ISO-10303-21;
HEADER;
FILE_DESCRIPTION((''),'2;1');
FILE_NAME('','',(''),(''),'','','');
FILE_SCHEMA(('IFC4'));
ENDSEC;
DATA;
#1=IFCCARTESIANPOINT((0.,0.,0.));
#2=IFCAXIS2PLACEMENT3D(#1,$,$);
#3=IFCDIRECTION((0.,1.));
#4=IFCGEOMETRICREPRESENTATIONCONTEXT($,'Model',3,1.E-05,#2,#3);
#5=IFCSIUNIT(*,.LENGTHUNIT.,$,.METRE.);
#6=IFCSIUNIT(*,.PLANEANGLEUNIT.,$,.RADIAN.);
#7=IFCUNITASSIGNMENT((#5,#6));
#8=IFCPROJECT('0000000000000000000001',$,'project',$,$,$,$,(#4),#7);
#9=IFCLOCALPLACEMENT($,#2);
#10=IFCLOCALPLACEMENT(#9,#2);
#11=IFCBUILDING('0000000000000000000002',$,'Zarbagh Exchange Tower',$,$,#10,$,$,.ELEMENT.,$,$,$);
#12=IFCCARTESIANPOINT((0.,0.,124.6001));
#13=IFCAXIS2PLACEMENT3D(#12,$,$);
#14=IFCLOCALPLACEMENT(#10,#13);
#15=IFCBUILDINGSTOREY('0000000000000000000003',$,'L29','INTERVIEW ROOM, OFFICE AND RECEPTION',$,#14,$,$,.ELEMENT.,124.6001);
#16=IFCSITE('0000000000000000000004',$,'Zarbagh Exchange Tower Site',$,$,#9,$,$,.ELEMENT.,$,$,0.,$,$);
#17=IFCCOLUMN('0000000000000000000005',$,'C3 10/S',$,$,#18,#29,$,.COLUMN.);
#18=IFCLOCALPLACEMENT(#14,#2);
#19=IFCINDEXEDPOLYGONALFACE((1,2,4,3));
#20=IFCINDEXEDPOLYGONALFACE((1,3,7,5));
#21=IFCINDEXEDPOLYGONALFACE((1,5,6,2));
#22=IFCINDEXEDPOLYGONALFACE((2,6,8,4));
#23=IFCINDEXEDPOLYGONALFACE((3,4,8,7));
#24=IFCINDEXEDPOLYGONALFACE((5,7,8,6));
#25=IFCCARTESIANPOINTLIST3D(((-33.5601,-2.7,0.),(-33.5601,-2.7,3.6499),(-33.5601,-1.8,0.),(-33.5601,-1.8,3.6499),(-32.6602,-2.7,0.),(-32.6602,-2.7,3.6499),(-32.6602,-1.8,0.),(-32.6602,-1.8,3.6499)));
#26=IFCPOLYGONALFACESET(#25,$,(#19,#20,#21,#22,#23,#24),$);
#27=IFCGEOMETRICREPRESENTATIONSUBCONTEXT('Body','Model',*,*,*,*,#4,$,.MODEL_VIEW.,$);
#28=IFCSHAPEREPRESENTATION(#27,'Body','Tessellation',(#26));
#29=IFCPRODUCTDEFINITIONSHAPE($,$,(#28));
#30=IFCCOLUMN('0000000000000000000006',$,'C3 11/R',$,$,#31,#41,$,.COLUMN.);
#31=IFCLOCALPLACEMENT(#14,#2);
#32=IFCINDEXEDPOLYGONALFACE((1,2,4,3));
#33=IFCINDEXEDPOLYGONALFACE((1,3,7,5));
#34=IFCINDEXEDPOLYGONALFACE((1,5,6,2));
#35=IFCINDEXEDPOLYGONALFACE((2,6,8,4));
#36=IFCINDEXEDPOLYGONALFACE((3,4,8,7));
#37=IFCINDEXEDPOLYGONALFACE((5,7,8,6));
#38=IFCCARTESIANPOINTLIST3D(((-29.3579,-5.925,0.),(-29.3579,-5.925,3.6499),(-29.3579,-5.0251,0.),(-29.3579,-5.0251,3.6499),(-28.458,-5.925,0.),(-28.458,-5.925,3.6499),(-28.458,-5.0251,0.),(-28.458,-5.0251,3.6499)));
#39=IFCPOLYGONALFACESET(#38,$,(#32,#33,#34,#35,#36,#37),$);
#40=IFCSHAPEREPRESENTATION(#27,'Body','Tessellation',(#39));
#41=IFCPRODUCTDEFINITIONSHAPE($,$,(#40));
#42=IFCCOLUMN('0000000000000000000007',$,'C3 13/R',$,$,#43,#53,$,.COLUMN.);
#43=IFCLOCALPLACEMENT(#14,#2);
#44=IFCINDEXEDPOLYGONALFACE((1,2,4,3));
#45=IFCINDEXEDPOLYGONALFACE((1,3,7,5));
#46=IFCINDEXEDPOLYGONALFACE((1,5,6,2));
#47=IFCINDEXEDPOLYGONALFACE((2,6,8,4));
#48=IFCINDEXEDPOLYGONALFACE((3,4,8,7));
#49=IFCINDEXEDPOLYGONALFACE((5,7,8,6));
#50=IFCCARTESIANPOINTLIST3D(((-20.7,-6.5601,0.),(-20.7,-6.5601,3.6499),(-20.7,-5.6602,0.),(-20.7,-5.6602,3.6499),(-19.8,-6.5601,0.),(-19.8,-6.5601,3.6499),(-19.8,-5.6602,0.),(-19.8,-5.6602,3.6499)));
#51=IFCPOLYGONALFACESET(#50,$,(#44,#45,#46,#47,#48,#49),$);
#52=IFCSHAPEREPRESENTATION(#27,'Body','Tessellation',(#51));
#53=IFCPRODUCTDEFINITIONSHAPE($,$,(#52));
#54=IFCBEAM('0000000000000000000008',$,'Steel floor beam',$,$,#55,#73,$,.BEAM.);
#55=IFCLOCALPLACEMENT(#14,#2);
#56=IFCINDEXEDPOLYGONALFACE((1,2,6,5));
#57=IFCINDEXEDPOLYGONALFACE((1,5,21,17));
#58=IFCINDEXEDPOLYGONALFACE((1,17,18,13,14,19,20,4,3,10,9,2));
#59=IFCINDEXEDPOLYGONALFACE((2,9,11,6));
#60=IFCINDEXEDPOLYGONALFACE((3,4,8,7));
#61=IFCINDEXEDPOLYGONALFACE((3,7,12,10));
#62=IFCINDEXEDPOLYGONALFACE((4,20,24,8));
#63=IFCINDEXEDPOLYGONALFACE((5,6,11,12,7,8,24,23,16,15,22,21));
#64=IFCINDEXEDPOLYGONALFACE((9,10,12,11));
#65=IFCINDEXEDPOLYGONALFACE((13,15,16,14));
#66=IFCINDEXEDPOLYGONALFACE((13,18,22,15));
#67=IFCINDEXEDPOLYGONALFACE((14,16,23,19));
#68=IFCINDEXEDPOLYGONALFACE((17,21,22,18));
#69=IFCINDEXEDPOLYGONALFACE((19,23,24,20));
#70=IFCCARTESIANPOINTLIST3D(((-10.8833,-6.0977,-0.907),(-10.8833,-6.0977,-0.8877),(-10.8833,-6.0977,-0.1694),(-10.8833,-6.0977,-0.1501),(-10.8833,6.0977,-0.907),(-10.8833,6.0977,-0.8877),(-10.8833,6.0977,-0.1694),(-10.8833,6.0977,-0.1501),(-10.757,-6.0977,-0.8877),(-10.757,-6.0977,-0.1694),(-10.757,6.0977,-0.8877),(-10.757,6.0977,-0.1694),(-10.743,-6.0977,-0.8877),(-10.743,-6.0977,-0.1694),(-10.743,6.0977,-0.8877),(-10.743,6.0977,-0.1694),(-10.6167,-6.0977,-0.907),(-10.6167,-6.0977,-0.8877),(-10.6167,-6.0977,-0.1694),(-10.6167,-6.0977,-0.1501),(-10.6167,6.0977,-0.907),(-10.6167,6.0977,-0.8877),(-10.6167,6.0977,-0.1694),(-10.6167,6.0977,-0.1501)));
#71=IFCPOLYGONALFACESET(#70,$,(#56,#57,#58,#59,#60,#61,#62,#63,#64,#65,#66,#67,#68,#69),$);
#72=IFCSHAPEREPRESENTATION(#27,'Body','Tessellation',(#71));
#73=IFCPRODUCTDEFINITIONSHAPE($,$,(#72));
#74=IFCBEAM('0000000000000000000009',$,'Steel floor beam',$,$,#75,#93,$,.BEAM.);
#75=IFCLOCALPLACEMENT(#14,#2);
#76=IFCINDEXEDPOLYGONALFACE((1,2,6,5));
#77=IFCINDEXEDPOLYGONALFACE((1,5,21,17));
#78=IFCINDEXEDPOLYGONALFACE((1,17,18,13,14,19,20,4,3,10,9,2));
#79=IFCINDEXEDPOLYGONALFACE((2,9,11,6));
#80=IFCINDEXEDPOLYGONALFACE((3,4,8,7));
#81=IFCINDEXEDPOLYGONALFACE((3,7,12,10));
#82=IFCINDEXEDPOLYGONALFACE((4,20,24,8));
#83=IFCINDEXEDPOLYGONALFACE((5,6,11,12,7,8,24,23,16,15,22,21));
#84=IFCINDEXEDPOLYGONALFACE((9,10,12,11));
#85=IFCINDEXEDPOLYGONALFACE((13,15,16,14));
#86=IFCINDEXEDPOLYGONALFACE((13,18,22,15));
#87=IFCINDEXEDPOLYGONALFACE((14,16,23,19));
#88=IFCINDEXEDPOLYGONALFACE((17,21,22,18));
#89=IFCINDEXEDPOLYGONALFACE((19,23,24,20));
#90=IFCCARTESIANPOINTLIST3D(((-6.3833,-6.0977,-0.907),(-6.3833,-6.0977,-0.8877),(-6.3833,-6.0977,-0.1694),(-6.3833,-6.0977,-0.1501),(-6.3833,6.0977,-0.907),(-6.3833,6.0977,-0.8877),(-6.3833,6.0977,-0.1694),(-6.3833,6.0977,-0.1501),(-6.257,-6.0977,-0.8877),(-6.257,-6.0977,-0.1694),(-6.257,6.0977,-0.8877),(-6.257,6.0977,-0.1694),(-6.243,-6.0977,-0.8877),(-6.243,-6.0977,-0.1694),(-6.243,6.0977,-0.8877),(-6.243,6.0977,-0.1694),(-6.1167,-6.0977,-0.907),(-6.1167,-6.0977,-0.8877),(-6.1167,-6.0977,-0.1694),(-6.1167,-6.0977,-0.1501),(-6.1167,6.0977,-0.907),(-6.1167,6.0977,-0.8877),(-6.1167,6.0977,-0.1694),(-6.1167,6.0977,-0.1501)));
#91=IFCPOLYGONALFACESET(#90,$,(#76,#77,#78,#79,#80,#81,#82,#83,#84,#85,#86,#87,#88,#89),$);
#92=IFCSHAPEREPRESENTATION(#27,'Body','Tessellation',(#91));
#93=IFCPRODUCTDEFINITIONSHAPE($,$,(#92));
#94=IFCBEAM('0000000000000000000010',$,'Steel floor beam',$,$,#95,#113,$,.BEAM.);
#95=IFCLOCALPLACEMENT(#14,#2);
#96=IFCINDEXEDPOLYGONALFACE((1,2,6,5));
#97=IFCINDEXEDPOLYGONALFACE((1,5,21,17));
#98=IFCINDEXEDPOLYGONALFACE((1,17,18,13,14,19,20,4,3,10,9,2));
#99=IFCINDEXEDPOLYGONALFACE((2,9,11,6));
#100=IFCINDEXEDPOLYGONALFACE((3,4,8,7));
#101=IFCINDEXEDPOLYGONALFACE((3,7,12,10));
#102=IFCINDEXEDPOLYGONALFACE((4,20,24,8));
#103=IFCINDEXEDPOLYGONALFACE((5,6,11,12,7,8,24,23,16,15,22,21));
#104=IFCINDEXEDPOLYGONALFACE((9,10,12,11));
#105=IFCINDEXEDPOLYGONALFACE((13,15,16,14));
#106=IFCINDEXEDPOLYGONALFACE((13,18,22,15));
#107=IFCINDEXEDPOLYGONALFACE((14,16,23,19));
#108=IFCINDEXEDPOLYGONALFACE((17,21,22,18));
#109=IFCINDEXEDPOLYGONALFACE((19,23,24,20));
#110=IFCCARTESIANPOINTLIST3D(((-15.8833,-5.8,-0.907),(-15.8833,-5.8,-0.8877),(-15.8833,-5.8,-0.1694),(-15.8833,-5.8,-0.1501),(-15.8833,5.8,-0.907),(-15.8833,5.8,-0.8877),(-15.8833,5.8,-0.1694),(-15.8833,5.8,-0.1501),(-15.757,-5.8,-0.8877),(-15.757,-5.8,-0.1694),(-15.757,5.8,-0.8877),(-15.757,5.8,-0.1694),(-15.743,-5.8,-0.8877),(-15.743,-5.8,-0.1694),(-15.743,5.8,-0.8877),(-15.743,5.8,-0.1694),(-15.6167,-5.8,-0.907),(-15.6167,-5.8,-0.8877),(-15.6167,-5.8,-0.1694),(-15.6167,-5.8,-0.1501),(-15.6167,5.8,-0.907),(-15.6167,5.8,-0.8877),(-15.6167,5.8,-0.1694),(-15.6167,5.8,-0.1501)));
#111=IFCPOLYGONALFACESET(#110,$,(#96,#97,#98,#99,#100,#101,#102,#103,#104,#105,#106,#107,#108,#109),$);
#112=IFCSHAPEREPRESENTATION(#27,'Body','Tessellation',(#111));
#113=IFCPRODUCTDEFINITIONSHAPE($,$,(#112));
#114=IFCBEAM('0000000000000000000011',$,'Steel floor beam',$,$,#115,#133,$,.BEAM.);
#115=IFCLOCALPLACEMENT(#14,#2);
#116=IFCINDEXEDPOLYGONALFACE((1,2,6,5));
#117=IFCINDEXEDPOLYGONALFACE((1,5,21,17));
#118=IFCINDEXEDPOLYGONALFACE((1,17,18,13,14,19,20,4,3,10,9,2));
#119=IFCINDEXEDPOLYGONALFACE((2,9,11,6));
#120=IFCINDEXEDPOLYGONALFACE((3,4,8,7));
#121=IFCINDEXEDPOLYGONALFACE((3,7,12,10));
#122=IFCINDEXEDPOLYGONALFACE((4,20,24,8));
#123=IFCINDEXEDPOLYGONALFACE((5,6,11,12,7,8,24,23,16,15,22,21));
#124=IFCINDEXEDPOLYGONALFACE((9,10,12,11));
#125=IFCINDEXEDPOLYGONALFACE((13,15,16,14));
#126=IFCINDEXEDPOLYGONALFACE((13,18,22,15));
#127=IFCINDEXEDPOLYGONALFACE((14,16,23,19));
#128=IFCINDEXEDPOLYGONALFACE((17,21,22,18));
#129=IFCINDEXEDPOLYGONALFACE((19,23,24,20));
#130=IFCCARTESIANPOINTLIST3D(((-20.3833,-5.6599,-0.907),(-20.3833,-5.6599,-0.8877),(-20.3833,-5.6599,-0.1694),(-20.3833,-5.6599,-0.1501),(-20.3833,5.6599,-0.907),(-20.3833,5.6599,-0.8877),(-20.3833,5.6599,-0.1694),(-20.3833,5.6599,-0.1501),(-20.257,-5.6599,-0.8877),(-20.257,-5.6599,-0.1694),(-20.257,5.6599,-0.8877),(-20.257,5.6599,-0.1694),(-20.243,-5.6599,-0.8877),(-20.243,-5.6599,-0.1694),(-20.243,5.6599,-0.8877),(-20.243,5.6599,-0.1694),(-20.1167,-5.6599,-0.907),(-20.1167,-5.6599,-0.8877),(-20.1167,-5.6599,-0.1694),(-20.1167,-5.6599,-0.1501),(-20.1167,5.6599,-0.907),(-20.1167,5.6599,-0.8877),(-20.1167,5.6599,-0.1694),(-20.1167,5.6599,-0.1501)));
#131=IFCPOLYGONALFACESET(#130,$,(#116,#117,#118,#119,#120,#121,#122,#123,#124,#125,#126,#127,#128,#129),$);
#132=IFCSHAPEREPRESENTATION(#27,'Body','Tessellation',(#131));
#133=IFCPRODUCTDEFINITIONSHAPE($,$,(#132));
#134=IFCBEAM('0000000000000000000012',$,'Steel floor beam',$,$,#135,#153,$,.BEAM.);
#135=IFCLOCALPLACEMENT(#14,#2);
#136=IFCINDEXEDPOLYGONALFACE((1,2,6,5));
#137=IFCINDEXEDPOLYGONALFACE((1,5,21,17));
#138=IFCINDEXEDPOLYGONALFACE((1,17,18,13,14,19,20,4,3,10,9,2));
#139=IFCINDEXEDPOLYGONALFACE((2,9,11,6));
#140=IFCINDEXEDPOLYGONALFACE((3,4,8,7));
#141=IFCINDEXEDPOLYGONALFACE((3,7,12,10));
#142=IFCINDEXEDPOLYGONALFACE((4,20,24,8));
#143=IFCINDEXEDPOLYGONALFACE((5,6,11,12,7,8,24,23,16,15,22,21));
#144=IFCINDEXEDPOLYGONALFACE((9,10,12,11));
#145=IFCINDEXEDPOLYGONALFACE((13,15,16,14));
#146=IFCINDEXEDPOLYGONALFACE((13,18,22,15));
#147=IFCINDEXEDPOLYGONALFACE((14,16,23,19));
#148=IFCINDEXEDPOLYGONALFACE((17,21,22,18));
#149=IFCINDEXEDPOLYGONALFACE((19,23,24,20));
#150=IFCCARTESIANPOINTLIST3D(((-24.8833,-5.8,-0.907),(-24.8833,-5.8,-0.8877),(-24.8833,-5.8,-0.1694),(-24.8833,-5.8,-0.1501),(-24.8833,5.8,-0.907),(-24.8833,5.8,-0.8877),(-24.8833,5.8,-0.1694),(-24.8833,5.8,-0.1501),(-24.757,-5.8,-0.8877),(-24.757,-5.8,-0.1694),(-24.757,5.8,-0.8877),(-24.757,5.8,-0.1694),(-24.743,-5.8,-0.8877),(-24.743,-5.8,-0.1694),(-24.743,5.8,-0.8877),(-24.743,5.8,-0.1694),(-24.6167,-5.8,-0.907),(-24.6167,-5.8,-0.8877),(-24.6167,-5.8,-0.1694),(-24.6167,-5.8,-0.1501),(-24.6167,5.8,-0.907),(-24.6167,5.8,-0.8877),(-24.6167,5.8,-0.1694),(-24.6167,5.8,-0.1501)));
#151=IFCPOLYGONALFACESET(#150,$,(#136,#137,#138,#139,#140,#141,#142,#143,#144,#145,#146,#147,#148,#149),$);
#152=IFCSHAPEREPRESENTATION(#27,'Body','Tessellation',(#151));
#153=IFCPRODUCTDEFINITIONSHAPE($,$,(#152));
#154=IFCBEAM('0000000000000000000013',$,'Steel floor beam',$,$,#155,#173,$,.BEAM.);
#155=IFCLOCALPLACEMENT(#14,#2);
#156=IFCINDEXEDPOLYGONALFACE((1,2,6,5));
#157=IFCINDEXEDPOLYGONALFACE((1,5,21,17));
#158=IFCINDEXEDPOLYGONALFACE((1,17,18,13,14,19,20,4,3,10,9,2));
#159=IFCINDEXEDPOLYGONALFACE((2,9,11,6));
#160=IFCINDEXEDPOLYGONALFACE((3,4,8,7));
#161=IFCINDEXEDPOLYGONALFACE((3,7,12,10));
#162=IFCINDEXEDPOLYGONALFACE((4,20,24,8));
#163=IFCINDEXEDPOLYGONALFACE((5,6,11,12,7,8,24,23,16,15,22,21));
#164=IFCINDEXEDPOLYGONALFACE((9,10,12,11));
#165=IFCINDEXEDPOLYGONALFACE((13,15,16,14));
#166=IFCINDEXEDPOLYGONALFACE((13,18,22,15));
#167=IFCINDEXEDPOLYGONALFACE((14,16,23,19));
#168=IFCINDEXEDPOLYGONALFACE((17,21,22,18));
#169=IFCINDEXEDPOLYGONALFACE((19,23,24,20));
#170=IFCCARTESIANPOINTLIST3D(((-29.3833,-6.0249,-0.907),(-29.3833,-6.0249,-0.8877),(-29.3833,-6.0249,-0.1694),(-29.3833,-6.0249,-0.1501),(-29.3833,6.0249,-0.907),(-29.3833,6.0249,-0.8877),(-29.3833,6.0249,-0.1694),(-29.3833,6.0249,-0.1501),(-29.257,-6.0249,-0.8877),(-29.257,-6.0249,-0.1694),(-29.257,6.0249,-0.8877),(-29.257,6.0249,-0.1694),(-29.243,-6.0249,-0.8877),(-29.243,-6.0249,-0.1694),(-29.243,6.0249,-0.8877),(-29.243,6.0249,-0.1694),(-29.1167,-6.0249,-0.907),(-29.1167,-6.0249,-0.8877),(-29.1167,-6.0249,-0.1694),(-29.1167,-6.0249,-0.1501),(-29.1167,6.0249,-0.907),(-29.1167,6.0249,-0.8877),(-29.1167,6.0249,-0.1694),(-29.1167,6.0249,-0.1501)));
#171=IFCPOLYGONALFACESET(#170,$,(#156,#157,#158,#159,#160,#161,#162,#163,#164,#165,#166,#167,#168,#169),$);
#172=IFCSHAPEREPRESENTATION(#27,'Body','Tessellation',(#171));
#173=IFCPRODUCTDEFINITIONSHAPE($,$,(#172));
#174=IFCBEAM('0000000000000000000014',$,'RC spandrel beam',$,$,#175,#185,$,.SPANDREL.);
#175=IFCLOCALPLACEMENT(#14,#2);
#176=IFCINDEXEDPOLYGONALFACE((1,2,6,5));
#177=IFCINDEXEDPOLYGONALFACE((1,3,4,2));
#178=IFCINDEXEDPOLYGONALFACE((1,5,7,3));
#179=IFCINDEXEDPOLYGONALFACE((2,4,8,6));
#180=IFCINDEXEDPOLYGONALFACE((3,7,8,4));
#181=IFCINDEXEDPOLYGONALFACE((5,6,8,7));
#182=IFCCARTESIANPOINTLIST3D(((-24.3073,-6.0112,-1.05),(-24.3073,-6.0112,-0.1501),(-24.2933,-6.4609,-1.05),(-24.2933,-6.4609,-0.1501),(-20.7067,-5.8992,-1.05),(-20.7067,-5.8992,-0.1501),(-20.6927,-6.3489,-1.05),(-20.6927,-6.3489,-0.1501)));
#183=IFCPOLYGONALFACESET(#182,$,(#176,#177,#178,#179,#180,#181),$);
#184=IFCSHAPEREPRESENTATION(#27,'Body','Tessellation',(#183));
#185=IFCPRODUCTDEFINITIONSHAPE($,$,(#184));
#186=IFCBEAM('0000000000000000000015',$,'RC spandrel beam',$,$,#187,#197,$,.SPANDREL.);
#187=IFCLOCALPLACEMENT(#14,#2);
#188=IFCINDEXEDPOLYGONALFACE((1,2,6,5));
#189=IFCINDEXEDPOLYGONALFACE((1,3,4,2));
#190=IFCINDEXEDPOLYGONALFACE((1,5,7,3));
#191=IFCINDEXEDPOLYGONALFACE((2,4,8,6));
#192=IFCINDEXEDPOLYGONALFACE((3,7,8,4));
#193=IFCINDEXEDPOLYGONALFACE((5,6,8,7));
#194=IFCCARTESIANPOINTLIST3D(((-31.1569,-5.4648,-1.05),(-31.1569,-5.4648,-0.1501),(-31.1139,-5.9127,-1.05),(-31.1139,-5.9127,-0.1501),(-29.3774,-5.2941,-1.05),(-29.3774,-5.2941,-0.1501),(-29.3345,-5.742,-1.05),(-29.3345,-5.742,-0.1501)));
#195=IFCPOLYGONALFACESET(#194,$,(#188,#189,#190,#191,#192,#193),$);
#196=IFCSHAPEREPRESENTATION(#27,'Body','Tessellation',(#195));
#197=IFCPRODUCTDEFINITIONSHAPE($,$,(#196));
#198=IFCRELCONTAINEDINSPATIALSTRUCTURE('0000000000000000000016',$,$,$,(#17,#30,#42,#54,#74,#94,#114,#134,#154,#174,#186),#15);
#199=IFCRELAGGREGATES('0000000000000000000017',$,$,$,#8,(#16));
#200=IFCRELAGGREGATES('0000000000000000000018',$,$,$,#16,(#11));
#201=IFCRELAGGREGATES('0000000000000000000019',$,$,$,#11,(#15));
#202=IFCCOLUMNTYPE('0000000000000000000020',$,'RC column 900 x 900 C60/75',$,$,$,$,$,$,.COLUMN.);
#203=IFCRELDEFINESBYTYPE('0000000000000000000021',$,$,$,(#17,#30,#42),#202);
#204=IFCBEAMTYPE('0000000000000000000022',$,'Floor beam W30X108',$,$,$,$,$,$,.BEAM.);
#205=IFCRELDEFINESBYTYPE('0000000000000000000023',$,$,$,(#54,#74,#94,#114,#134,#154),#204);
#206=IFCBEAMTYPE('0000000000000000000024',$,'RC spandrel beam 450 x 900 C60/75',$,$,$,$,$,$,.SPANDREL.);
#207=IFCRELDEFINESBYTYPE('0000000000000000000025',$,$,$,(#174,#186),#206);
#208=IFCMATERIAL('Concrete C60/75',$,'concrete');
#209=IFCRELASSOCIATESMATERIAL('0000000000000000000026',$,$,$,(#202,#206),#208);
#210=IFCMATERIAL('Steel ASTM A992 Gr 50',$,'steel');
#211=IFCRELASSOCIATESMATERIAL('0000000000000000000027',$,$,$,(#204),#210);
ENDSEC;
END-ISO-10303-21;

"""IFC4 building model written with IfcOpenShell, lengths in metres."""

from ifc_helpers import new_model, si_unit, direction, frame, origin, origin_2d, place, context, subcontext, project, spatial, rectangle, i_section, extrude, material, material_profile, profile_set, type_object, element, save


model = new_model("IFC4")

# Units and contexts
model_context = context("Model", 3, precision=1e-05, world=origin(), true_north=direction((0.0, 1.0)))
body_context = subcontext(model_context, "Body", "Model", "MODEL_VIEW")
ifc_project = project(units=[si_unit("LENGTHUNIT", "METRE"), si_unit("PLANEANGLEUNIT", "RADIAN")], contexts=[model_context])

# Site, building, storey
site_placement = place(None, origin())
site = spatial("IfcSite", under=ifc_project, at=site_placement, Name="Zarbagh Exchange Tower Site", CompositionType="ELEMENT", RefElevation=0.0)
building_placement = place(site_placement, origin())
building = spatial("IfcBuilding", under=site, at=building_placement, Name="Zarbagh Exchange Tower", CompositionType="ELEMENT")
storey_placement = place(building_placement, frame((0.0, 0.0, 124.6001)))
storey = spatial("IfcBuildingStorey", under=building, at=storey_placement, Name="L29", Description="INTERVIEW ROOM, OFFICE AND RECEPTION", CompositionType="ELEMENT", Elevation=124.6001)

# Columns
ifc_material_1 = material(Name="Concrete C60/75", Category="concrete")
ifc_material_profile_1 = material_profile(ifc_material_1, rectangle(XDim=0.8999, YDim=0.8999, at=origin_2d()), Name="RC column 900 x 900 C60/75")
ifc_profile_set_1 = profile_set([ifc_material_profile_1], Name="Concrete C60/75")
column_type = type_object("IfcColumnType", Name="RC column 900 x 900 C60/75", PredefinedType="COLUMN", material=ifc_profile_set_1)
for number, where, z_axis, x_axis, name in (
    (1, (-33.1101, -2.25, 0.0), (0.0, 0.0, 1.0), (1.0, 0.0, 0.0), "C3 10/S"),
    (2, (-28.908, -5.4751, 0.0), (0.0, 0.0, 1.0), (1.0, 0.0, 0.0), "C3 11/R"),
    (3, (-20.25, -6.1101, 0.0), (0.0, 0.0, 1.0), (1.0, 0.0, 0.0), "C3 13/R"),
):
    element("IfcColumn", number, at=place(storey_placement, frame(where, z_axis=z_axis, x_axis=x_axis)), inside=storey, type_object=column_type, Name=name, PredefinedType="COLUMN", context=body_context, shape_type="SweptSolid", body=[
        extrude(rectangle(XDim=0.8999, YDim=0.8999, at=origin_2d()), origin(), (0.0, 0.0, 1.0), 3.6499),
    ])

# Beams
ifc_material_2 = material(Name="Steel ASTM A992 Gr 50", Category="steel")
ifc_material_profile_2 = material_profile(ifc_material_2, i_section(OverallWidth=0.2666, OverallDepth=0.7568, WebThickness=0.0139, FlangeThickness=0.0193, at=origin_2d()), Name="W30X108")
ifc_profile_set_2 = profile_set([ifc_material_profile_2], Name="Steel ASTM A992 Gr 50")
beam_type_1 = type_object("IfcBeamType", Name="Floor beam W30X108", PredefinedType="BEAM", material=ifc_profile_set_2)
for number, where, z_axis, x_axis, name in (
    (4, (-10.75, -6.0977, -0.5286), (0.0, 1.0, 0.0), (-1.0, 0.0, 0.0), "Steel floor beam"),
    (5, (-6.25, -6.0977, -0.5286), (0.0, 1.0, 0.0), (-1.0, 0.0, 0.0), "Steel floor beam"),
):
    element("IfcBeam", number, at=place(storey_placement, frame(where, z_axis=z_axis, x_axis=x_axis)), inside=storey, type_object=beam_type_1, Name=name, PredefinedType="BEAM", context=body_context, shape_type="SweptSolid", body=[
        extrude(i_section(OverallWidth=0.2666, OverallDepth=0.7568, WebThickness=0.0139, FlangeThickness=0.0193, at=origin_2d()), origin(), (0.0, 0.0, 1.0), 12.1953),
    ])
beam_1_placement = place(storey_placement, frame((-15.75, -5.8, -0.5286), z_axis=(0.0, 1.0, 0.0), x_axis=(-1.0, 0.0, 0.0)))
element("IfcBeam", 6, at=beam_1_placement, inside=storey, type_object=beam_type_1, Name="Steel floor beam", PredefinedType="BEAM", context=body_context, shape_type="SweptSolid", body=[
    extrude(i_section(OverallWidth=0.2666, OverallDepth=0.7568, WebThickness=0.0139, FlangeThickness=0.0193, at=origin_2d()), origin(), (0.0, 0.0, 1.0), 11.6001),
])
beam_2_placement = place(storey_placement, frame((-20.25, -5.6599, -0.5286), z_axis=(0.0, 1.0, 0.0), x_axis=(-1.0, 0.0, 0.0)))
element("IfcBeam", 7, at=beam_2_placement, inside=storey, type_object=beam_type_1, Name="Steel floor beam", PredefinedType="BEAM", context=body_context, shape_type="SweptSolid", body=[
    extrude(i_section(OverallWidth=0.2666, OverallDepth=0.7568, WebThickness=0.0139, FlangeThickness=0.0193, at=origin_2d()), origin(), (0.0, 0.0, 1.0), 11.3198),
])
beam_3_placement = place(storey_placement, frame((-24.75, -5.8, -0.5286), z_axis=(0.0, 1.0, 0.0), x_axis=(-1.0, 0.0, 0.0)))
element("IfcBeam", 8, at=beam_3_placement, inside=storey, type_object=beam_type_1, Name="Steel floor beam", PredefinedType="BEAM", context=body_context, shape_type="SweptSolid", body=[
    extrude(i_section(OverallWidth=0.2666, OverallDepth=0.7568, WebThickness=0.0139, FlangeThickness=0.0193, at=origin_2d()), origin(), (0.0, 0.0, 1.0), 11.6001),
])
beam_4_placement = place(storey_placement, frame((-29.25, -6.0249, -0.5286), z_axis=(0.0, 1.0, 0.0), x_axis=(-1.0, 0.0, 0.0)))
element("IfcBeam", 9, at=beam_4_placement, inside=storey, type_object=beam_type_1, Name="Steel floor beam", PredefinedType="BEAM", context=body_context, shape_type="SweptSolid", body=[
    extrude(i_section(OverallWidth=0.2666, OverallDepth=0.7568, WebThickness=0.0139, FlangeThickness=0.0193, at=origin_2d()), origin(), (0.0, 0.0, 1.0), 12.0498),
])
ifc_material_profile_3 = material_profile(ifc_material_1, rectangle(XDim=0.45, YDim=0.8999, at=origin_2d()), Name="RC spandrel beam 450 x 900 C60/75")
ifc_profile_set_3 = profile_set([ifc_material_profile_3], Name="Concrete C60/75")
beam_type_2 = type_object("IfcBeamType", Name="RC spandrel beam 450 x 900 C60/75", PredefinedType="SPANDREL", material=ifc_profile_set_3)
beam_5_placement = place(storey_placement, frame((-20.6997, -6.124, -0.6001), z_axis=(-0.999516, -0.031108, 0.0), x_axis=(0.031108, -0.999516, 0.0)))
element("IfcBeam", 10, at=beam_5_placement, inside=storey, type_object=beam_type_2, Name="RC spandrel beam", PredefinedType="SPANDREL", context=body_context, shape_type="SweptSolid", body=[
    extrude(rectangle(XDim=0.45, YDim=0.8999, at=origin_2d()), origin(), (0.0, 0.0, 1.0), 3.6023),
])
beam_6_placement = place(storey_placement, frame((-29.356, -5.5181, -0.6001), z_axis=(-0.995433, -0.09546, 0.0), x_axis=(0.09546, -0.995433, 0.0)))
element("IfcBeam", 11, at=beam_6_placement, inside=storey, type_object=beam_type_2, Name="RC spandrel beam", PredefinedType="SPANDREL", context=body_context, shape_type="SweptSolid", body=[
    extrude(rectangle(XDim=0.45, YDim=0.8999, at=origin_2d()), origin(), (0.0, 0.0, 1.0), 1.7876),
])

save(model, "model.ifc")
